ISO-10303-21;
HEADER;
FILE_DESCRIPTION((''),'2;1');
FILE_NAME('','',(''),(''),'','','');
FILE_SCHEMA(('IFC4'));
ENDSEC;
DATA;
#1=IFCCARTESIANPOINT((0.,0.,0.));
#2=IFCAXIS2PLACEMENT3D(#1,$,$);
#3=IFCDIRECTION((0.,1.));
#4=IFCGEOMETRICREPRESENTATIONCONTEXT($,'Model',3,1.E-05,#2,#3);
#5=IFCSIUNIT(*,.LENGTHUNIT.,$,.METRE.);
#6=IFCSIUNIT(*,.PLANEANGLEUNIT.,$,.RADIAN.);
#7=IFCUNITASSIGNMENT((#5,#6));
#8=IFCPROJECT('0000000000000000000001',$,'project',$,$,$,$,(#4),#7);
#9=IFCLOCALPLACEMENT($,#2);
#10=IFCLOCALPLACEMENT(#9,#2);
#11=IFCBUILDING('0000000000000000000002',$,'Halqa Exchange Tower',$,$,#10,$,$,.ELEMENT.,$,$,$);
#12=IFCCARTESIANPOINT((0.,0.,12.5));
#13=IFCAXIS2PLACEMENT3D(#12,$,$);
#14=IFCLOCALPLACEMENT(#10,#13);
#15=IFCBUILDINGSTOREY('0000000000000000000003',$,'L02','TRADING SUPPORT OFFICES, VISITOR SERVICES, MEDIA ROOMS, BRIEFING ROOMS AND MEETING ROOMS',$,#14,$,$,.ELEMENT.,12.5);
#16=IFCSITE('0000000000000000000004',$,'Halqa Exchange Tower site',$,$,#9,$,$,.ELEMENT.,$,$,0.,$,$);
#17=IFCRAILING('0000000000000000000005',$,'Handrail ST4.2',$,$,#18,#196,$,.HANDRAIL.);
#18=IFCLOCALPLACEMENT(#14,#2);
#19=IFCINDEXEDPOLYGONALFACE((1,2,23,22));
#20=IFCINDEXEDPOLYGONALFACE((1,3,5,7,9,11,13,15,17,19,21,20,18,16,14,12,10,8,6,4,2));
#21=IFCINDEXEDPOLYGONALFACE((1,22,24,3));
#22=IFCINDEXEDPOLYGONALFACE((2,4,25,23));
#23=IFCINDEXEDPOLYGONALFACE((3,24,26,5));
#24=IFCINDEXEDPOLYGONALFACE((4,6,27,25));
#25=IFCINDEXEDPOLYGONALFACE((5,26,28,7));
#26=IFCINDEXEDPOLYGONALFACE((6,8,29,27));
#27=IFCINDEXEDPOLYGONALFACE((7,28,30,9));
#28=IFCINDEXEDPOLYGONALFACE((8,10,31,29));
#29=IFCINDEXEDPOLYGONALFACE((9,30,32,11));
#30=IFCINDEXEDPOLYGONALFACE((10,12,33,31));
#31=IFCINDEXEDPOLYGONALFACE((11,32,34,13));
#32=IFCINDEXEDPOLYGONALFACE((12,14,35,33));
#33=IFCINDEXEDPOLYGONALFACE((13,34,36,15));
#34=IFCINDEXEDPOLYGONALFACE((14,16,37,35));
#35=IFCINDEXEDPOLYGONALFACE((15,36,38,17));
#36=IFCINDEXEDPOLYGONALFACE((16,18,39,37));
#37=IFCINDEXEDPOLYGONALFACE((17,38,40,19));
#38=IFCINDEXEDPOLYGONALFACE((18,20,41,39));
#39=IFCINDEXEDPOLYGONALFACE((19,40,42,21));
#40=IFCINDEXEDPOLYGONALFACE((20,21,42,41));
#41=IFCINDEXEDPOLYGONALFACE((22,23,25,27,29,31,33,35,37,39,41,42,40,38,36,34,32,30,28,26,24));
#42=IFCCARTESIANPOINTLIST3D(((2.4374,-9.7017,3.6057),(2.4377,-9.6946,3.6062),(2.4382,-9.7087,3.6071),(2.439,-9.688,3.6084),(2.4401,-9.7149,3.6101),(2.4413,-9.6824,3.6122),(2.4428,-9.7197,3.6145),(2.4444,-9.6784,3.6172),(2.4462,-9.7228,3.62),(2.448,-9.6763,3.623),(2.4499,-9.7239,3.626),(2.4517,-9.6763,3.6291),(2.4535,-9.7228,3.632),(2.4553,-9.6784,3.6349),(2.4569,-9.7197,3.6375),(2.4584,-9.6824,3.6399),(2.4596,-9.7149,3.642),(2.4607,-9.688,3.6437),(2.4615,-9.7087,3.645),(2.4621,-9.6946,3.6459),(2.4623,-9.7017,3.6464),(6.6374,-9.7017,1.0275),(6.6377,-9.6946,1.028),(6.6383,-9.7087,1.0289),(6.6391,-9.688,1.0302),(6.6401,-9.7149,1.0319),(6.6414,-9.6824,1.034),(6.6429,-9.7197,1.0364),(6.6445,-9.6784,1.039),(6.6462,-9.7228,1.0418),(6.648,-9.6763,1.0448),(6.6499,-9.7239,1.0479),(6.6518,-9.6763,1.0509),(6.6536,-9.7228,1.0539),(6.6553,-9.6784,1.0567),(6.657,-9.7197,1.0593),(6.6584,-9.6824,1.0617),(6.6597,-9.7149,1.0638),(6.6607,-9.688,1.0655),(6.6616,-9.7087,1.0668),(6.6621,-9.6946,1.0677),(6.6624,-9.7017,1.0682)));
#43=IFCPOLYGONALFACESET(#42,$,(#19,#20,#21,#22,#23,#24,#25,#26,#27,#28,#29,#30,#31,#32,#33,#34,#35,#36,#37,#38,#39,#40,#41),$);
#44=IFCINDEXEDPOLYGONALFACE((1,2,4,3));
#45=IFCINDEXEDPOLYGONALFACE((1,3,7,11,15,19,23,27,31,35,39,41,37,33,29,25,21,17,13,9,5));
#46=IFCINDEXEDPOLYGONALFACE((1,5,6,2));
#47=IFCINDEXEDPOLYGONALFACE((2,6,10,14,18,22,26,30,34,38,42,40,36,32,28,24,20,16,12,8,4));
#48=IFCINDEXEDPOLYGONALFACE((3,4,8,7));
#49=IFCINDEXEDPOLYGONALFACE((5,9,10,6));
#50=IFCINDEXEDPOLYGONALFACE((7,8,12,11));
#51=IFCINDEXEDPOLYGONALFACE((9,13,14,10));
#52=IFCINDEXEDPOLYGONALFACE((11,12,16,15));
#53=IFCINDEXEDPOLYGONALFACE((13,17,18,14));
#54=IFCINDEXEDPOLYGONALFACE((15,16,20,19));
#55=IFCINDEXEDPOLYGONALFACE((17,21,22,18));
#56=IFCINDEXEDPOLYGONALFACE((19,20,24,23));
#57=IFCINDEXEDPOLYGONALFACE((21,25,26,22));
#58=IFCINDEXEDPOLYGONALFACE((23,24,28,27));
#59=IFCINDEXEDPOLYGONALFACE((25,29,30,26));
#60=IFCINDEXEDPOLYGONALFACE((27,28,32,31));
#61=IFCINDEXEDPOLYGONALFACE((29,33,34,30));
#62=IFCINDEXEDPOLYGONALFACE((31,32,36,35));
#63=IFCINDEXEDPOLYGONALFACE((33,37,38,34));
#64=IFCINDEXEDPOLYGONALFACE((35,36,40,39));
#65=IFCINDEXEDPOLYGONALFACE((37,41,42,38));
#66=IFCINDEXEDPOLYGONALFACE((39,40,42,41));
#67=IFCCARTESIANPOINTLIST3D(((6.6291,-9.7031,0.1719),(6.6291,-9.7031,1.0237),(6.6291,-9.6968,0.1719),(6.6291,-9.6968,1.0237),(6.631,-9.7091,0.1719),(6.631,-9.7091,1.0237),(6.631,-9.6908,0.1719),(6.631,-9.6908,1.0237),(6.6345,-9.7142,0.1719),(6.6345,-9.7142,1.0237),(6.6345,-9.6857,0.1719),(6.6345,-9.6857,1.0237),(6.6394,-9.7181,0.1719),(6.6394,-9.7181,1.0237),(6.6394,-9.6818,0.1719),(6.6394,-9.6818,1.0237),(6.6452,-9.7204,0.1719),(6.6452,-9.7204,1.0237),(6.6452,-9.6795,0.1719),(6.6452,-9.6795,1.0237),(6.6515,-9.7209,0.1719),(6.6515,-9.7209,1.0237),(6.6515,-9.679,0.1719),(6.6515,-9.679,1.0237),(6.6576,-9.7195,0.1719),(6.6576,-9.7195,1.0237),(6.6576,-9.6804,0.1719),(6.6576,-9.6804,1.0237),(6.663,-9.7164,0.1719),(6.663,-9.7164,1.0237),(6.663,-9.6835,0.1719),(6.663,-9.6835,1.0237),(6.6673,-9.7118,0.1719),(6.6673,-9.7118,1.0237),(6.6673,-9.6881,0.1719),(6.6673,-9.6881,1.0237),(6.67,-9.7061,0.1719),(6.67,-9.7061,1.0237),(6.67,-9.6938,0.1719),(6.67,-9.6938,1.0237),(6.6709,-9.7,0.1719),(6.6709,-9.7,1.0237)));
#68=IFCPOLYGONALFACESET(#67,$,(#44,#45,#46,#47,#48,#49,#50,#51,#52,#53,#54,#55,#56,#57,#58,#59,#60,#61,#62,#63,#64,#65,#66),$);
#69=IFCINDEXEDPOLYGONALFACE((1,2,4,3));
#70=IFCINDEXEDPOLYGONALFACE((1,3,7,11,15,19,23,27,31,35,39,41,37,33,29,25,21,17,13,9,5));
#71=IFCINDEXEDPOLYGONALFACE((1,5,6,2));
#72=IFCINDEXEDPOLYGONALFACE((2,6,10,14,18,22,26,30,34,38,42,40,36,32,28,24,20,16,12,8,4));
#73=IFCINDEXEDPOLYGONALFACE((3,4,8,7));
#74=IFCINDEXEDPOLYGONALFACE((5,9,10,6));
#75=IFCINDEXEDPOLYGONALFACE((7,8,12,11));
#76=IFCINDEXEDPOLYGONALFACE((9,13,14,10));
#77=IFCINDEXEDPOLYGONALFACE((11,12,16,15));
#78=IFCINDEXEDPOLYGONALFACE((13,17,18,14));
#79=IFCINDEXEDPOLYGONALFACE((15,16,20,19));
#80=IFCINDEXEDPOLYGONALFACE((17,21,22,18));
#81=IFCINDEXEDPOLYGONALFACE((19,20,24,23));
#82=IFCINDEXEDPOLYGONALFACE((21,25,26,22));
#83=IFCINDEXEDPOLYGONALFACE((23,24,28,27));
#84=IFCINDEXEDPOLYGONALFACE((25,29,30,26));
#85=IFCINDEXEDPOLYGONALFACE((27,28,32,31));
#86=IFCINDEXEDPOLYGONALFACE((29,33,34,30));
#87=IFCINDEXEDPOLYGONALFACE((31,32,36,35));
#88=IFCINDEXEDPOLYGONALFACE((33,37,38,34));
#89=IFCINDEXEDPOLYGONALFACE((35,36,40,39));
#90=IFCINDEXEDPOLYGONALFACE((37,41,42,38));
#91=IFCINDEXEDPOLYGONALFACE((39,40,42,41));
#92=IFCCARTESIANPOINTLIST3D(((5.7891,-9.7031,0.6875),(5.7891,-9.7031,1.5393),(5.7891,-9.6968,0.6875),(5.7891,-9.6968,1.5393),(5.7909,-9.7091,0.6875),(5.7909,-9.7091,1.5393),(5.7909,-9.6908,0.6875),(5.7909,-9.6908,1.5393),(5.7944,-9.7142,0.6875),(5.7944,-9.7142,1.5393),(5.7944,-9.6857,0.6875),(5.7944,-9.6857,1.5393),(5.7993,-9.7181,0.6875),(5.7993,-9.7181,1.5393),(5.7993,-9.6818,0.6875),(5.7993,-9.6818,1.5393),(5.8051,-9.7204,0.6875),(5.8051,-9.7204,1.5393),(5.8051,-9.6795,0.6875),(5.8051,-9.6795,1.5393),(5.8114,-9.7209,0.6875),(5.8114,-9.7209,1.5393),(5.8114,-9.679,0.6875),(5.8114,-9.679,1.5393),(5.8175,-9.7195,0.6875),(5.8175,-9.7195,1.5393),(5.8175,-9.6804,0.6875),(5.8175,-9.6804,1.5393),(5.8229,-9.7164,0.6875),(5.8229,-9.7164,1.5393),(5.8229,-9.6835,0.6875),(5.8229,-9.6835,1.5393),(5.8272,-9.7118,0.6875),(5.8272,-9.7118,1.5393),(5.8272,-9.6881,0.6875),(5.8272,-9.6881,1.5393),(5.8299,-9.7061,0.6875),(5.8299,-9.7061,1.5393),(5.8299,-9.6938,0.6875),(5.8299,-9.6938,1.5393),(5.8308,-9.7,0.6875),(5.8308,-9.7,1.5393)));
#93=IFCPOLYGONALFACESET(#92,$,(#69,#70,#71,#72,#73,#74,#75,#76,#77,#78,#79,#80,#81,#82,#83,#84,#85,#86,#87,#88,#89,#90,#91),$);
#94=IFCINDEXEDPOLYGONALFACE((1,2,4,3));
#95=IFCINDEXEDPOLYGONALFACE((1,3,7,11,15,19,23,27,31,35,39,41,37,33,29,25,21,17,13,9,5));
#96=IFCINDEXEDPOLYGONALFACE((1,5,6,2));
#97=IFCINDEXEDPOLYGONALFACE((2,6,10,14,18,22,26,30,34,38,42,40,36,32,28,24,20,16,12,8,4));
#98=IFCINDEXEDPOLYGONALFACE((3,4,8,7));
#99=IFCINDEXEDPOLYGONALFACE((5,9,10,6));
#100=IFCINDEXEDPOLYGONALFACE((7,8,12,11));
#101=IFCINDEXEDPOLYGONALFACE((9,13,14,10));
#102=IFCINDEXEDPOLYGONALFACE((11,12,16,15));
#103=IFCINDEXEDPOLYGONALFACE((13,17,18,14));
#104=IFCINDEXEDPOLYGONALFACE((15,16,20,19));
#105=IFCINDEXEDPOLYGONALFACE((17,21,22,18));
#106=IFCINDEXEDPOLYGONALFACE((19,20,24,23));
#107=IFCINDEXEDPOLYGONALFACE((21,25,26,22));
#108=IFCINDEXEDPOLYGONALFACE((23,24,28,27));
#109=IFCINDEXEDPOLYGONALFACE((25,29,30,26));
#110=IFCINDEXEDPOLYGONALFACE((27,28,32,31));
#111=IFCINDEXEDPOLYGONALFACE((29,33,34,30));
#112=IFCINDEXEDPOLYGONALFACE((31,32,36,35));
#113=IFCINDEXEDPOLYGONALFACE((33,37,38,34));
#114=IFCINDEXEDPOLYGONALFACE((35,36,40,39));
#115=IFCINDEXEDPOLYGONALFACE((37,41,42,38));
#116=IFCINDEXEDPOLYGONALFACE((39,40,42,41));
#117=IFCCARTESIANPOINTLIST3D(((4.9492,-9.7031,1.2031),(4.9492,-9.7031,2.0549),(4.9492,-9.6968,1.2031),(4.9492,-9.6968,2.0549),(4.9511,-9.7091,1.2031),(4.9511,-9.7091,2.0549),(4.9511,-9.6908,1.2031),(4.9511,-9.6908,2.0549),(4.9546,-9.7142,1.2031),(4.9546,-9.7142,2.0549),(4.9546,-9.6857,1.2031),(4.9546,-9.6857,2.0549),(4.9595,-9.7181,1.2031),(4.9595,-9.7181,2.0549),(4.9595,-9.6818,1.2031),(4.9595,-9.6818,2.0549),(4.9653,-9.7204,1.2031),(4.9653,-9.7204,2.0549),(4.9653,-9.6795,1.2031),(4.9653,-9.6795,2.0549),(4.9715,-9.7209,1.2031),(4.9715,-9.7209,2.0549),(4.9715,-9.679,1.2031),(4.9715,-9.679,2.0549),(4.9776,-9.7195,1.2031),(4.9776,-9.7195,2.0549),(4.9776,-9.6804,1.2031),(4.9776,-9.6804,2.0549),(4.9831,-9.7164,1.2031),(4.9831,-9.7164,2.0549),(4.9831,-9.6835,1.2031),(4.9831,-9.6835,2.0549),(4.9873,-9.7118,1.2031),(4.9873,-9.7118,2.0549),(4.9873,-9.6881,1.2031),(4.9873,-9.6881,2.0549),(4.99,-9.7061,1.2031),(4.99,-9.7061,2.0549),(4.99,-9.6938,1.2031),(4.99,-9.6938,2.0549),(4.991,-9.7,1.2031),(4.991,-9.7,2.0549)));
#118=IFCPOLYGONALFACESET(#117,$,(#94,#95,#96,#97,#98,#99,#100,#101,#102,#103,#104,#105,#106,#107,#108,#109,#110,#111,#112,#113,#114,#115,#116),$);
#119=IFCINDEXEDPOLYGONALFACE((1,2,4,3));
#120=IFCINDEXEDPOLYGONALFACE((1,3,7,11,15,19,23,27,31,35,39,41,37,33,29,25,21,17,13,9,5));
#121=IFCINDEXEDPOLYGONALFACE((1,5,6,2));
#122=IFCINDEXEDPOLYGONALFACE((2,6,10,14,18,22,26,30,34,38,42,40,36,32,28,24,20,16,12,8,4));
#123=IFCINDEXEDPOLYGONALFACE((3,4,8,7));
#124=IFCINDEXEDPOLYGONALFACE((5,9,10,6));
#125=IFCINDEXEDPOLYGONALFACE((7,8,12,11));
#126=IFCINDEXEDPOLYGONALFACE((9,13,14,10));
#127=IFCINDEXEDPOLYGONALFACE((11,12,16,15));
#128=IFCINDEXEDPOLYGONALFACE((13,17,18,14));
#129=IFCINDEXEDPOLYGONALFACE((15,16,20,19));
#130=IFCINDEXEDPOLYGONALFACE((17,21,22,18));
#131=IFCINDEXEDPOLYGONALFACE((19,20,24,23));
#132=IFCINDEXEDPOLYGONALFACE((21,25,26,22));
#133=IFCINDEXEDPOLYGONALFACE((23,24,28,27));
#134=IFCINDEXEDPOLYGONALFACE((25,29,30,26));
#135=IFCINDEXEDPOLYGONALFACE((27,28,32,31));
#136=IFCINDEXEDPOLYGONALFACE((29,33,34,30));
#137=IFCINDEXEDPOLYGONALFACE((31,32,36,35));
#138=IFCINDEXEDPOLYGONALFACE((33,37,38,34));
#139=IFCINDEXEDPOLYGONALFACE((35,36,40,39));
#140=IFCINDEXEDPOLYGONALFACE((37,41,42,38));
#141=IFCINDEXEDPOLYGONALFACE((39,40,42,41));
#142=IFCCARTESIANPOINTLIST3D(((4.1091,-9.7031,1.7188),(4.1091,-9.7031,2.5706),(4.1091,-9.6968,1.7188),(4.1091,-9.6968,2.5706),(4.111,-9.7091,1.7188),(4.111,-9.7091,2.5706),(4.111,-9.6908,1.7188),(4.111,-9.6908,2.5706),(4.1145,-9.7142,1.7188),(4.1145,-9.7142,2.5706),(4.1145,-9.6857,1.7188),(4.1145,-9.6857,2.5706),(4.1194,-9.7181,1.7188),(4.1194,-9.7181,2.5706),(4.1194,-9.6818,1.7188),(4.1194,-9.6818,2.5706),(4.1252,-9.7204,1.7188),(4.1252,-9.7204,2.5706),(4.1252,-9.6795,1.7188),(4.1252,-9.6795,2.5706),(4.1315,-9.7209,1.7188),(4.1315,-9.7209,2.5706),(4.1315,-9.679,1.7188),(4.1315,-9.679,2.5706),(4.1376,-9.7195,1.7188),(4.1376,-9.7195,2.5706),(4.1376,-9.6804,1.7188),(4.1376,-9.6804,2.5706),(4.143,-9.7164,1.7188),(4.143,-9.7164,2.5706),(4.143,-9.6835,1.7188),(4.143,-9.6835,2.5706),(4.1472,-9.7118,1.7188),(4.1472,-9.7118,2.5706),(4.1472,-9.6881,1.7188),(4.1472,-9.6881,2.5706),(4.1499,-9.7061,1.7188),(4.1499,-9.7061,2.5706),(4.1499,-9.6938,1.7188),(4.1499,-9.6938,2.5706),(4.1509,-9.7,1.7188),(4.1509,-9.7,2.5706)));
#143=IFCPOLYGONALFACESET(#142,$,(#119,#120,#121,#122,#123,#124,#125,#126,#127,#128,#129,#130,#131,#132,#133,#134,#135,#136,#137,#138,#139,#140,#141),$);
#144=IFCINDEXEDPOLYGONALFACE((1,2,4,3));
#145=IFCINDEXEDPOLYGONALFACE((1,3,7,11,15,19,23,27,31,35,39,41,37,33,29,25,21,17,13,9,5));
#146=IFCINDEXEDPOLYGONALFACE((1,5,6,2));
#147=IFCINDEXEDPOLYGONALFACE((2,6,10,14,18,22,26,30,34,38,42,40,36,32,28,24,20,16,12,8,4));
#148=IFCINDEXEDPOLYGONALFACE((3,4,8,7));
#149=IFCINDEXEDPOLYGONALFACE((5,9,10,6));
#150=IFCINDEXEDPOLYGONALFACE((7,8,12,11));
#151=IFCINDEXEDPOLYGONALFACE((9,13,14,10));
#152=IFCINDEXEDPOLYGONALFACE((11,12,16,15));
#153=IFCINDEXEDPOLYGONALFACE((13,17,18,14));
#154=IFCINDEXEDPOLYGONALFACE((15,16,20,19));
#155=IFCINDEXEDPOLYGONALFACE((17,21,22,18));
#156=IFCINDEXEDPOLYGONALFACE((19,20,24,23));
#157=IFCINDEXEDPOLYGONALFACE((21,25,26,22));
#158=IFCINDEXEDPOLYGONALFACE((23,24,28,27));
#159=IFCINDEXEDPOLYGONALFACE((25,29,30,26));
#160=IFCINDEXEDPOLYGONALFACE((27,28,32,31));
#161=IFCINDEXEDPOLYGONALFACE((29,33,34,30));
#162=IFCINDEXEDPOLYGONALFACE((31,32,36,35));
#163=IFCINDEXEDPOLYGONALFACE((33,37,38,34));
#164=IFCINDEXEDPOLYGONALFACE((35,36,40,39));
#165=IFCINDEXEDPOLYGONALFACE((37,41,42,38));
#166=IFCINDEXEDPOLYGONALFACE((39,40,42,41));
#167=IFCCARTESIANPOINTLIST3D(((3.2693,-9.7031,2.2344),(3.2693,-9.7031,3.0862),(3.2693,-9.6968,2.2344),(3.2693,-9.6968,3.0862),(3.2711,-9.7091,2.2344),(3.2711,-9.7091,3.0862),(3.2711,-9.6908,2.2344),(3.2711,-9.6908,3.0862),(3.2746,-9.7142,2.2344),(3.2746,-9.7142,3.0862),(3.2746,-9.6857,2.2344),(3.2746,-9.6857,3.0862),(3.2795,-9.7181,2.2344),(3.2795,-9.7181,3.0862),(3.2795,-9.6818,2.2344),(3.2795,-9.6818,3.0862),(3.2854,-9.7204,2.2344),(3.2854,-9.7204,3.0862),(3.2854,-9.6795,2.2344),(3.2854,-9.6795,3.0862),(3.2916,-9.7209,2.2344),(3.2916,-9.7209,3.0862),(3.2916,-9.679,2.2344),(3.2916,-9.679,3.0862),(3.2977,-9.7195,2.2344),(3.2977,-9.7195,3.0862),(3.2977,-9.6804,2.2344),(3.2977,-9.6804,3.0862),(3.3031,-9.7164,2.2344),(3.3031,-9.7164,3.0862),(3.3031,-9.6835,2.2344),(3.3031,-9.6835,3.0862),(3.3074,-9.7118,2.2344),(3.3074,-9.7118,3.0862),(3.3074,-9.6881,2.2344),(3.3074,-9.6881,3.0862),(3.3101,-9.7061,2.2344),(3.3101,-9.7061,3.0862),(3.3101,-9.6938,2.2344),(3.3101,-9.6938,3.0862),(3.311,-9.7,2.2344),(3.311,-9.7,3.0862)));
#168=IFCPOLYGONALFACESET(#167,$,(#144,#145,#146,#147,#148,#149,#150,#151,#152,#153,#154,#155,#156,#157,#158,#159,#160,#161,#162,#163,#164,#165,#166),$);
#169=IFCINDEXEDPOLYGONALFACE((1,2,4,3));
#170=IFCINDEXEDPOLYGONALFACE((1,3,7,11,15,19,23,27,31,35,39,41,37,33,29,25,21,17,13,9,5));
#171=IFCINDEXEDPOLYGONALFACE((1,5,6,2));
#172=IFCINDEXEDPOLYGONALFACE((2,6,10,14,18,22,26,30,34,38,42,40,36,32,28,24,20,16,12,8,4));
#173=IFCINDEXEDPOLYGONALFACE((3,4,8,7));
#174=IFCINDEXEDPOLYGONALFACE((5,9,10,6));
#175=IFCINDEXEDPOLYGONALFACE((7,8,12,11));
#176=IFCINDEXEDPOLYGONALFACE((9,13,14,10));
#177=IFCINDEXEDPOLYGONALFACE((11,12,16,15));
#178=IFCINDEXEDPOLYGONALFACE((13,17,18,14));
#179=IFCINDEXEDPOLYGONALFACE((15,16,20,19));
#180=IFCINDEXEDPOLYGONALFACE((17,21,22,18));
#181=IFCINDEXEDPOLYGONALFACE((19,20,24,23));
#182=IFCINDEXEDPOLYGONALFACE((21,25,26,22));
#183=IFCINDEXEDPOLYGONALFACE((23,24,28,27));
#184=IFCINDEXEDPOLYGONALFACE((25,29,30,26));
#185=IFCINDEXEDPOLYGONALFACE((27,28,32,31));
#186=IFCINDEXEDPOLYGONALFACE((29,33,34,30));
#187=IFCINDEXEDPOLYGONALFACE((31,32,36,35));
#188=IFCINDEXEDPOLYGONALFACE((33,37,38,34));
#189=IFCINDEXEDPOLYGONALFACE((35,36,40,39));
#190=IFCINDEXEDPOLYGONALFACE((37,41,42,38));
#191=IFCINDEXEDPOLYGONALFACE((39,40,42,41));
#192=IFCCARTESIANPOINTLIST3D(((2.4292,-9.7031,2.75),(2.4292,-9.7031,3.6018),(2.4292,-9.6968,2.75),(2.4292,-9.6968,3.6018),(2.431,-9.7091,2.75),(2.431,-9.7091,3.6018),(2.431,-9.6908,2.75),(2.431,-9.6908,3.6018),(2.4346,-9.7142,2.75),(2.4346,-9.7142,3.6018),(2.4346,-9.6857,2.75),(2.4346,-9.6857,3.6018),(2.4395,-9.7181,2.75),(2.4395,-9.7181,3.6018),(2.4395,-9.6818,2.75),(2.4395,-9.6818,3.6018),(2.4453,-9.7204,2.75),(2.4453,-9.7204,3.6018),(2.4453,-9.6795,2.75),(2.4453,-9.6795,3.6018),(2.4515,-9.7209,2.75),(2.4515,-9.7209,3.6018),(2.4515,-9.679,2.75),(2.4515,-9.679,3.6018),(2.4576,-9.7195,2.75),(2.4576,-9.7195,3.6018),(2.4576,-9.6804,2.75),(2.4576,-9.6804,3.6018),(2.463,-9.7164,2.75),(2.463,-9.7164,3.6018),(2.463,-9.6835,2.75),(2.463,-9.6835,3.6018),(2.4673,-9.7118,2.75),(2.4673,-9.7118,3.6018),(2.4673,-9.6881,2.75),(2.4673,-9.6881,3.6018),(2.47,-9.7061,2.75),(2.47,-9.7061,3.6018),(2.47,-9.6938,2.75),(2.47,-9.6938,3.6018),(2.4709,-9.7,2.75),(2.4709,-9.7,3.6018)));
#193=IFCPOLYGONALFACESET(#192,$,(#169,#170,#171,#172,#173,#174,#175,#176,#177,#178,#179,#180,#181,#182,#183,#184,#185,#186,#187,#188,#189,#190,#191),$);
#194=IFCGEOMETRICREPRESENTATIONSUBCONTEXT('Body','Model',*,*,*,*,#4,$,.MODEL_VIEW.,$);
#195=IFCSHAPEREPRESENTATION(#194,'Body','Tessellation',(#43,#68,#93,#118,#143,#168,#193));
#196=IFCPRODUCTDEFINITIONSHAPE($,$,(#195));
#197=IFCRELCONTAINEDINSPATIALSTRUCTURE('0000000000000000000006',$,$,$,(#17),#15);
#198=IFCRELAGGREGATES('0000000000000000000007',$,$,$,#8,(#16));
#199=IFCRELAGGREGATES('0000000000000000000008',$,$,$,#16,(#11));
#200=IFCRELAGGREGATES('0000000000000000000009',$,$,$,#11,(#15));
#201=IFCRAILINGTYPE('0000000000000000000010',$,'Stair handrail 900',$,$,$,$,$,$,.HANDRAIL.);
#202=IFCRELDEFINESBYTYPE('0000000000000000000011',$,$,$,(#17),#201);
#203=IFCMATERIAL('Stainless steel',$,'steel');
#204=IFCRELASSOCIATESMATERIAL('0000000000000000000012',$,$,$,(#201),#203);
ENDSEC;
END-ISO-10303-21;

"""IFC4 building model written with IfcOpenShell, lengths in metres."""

from ifc_helpers import new_model, si_unit, direction, frame, origin, origin_2d, place, context, subcontext, project, spatial, circle, extrude, material, type_object, element, save


model = new_model("IFC4")

# Units and contexts
model_context = context("Model", 3, precision=1e-05, world=origin(), true_north=direction((0.0, 1.0)))
body_context = subcontext(model_context, "Body", "Model", "MODEL_VIEW")
ifc_project = project(units=[si_unit("LENGTHUNIT", "METRE"), si_unit("PLANEANGLEUNIT", "RADIAN")], contexts=[model_context])

# Site, building, storey
site_placement = place(None, origin())
site = spatial("IfcSite", under=ifc_project, at=site_placement, Name="Halqa Exchange Tower site", CompositionType="ELEMENT", RefElevation=0.0)
building_placement = place(site_placement, origin())
building = spatial("IfcBuilding", under=site, at=building_placement, Name="Halqa Exchange Tower", CompositionType="ELEMENT")
storey_placement = place(building_placement, frame((0.0, 0.0, 12.5)))
storey = spatial("IfcBuildingStorey", under=building, at=storey_placement, Name="L02", Description="TRADING SUPPORT OFFICES, VISITOR SERVICES, MEDIA ROOMS, BRIEFING ROOMS AND MEETING ROOMS", CompositionType="ELEMENT", Elevation=12.5)

# Railing
ifc_material_1 = material(Name="Stainless steel", Category="steel")
railing_type_1 = type_object("IfcRailingType", Name="Stair handrail 900", PredefinedType="HANDRAIL", material=ifc_material_1)
railing_1_placement = place(storey_placement, frame((6.6499, -9.7, 0.1719)))
element("IfcRailing", 1, at=railing_1_placement, inside=storey, type_object=railing_type_1, Name="Handrail ST4.2", PredefinedType="HANDRAIL", context=body_context, shape_type="SweptSolid", body=[
    extrude(circle(Radius=0.0239, at=origin_2d()), frame((0.0, 0.0, 0.876), z_axis=(-0.852243, 0.0, 0.523146), x_axis=(0.0, -1.0, 0.0)), (0.0, 0.0, 1.0), 4.9282),
    extrude(circle(Radius=0.021, at=origin_2d()), origin(), (0.0, 0.0, 1.0), 0.8518),
    extrude(circle(Radius=0.021, at=origin_2d()), frame((-0.8401, 0.0, 0.5156)), (0.0, 0.0, 1.0), 0.8518),
    extrude(circle(Radius=0.021, at=origin_2d()), frame((-1.6799, 0.0, 1.0312)), (0.0, 0.0, 1.0), 0.8518),
    extrude(circle(Radius=0.021, at=origin_2d()), frame((-2.52, 0.0, 1.5469)), (0.0, 0.0, 1.0), 0.8518),
    extrude(circle(Radius=0.021, at=origin_2d()), frame((-3.3599, 0.0, 2.0625)), (0.0, 0.0, 1.0), 0.8518),
    extrude(circle(Radius=0.021, at=origin_2d()), frame((-4.2, 0.0, 2.5781)), (0.0, 0.0, 1.0), 0.8518),
])

save(model, "model.ifc")
